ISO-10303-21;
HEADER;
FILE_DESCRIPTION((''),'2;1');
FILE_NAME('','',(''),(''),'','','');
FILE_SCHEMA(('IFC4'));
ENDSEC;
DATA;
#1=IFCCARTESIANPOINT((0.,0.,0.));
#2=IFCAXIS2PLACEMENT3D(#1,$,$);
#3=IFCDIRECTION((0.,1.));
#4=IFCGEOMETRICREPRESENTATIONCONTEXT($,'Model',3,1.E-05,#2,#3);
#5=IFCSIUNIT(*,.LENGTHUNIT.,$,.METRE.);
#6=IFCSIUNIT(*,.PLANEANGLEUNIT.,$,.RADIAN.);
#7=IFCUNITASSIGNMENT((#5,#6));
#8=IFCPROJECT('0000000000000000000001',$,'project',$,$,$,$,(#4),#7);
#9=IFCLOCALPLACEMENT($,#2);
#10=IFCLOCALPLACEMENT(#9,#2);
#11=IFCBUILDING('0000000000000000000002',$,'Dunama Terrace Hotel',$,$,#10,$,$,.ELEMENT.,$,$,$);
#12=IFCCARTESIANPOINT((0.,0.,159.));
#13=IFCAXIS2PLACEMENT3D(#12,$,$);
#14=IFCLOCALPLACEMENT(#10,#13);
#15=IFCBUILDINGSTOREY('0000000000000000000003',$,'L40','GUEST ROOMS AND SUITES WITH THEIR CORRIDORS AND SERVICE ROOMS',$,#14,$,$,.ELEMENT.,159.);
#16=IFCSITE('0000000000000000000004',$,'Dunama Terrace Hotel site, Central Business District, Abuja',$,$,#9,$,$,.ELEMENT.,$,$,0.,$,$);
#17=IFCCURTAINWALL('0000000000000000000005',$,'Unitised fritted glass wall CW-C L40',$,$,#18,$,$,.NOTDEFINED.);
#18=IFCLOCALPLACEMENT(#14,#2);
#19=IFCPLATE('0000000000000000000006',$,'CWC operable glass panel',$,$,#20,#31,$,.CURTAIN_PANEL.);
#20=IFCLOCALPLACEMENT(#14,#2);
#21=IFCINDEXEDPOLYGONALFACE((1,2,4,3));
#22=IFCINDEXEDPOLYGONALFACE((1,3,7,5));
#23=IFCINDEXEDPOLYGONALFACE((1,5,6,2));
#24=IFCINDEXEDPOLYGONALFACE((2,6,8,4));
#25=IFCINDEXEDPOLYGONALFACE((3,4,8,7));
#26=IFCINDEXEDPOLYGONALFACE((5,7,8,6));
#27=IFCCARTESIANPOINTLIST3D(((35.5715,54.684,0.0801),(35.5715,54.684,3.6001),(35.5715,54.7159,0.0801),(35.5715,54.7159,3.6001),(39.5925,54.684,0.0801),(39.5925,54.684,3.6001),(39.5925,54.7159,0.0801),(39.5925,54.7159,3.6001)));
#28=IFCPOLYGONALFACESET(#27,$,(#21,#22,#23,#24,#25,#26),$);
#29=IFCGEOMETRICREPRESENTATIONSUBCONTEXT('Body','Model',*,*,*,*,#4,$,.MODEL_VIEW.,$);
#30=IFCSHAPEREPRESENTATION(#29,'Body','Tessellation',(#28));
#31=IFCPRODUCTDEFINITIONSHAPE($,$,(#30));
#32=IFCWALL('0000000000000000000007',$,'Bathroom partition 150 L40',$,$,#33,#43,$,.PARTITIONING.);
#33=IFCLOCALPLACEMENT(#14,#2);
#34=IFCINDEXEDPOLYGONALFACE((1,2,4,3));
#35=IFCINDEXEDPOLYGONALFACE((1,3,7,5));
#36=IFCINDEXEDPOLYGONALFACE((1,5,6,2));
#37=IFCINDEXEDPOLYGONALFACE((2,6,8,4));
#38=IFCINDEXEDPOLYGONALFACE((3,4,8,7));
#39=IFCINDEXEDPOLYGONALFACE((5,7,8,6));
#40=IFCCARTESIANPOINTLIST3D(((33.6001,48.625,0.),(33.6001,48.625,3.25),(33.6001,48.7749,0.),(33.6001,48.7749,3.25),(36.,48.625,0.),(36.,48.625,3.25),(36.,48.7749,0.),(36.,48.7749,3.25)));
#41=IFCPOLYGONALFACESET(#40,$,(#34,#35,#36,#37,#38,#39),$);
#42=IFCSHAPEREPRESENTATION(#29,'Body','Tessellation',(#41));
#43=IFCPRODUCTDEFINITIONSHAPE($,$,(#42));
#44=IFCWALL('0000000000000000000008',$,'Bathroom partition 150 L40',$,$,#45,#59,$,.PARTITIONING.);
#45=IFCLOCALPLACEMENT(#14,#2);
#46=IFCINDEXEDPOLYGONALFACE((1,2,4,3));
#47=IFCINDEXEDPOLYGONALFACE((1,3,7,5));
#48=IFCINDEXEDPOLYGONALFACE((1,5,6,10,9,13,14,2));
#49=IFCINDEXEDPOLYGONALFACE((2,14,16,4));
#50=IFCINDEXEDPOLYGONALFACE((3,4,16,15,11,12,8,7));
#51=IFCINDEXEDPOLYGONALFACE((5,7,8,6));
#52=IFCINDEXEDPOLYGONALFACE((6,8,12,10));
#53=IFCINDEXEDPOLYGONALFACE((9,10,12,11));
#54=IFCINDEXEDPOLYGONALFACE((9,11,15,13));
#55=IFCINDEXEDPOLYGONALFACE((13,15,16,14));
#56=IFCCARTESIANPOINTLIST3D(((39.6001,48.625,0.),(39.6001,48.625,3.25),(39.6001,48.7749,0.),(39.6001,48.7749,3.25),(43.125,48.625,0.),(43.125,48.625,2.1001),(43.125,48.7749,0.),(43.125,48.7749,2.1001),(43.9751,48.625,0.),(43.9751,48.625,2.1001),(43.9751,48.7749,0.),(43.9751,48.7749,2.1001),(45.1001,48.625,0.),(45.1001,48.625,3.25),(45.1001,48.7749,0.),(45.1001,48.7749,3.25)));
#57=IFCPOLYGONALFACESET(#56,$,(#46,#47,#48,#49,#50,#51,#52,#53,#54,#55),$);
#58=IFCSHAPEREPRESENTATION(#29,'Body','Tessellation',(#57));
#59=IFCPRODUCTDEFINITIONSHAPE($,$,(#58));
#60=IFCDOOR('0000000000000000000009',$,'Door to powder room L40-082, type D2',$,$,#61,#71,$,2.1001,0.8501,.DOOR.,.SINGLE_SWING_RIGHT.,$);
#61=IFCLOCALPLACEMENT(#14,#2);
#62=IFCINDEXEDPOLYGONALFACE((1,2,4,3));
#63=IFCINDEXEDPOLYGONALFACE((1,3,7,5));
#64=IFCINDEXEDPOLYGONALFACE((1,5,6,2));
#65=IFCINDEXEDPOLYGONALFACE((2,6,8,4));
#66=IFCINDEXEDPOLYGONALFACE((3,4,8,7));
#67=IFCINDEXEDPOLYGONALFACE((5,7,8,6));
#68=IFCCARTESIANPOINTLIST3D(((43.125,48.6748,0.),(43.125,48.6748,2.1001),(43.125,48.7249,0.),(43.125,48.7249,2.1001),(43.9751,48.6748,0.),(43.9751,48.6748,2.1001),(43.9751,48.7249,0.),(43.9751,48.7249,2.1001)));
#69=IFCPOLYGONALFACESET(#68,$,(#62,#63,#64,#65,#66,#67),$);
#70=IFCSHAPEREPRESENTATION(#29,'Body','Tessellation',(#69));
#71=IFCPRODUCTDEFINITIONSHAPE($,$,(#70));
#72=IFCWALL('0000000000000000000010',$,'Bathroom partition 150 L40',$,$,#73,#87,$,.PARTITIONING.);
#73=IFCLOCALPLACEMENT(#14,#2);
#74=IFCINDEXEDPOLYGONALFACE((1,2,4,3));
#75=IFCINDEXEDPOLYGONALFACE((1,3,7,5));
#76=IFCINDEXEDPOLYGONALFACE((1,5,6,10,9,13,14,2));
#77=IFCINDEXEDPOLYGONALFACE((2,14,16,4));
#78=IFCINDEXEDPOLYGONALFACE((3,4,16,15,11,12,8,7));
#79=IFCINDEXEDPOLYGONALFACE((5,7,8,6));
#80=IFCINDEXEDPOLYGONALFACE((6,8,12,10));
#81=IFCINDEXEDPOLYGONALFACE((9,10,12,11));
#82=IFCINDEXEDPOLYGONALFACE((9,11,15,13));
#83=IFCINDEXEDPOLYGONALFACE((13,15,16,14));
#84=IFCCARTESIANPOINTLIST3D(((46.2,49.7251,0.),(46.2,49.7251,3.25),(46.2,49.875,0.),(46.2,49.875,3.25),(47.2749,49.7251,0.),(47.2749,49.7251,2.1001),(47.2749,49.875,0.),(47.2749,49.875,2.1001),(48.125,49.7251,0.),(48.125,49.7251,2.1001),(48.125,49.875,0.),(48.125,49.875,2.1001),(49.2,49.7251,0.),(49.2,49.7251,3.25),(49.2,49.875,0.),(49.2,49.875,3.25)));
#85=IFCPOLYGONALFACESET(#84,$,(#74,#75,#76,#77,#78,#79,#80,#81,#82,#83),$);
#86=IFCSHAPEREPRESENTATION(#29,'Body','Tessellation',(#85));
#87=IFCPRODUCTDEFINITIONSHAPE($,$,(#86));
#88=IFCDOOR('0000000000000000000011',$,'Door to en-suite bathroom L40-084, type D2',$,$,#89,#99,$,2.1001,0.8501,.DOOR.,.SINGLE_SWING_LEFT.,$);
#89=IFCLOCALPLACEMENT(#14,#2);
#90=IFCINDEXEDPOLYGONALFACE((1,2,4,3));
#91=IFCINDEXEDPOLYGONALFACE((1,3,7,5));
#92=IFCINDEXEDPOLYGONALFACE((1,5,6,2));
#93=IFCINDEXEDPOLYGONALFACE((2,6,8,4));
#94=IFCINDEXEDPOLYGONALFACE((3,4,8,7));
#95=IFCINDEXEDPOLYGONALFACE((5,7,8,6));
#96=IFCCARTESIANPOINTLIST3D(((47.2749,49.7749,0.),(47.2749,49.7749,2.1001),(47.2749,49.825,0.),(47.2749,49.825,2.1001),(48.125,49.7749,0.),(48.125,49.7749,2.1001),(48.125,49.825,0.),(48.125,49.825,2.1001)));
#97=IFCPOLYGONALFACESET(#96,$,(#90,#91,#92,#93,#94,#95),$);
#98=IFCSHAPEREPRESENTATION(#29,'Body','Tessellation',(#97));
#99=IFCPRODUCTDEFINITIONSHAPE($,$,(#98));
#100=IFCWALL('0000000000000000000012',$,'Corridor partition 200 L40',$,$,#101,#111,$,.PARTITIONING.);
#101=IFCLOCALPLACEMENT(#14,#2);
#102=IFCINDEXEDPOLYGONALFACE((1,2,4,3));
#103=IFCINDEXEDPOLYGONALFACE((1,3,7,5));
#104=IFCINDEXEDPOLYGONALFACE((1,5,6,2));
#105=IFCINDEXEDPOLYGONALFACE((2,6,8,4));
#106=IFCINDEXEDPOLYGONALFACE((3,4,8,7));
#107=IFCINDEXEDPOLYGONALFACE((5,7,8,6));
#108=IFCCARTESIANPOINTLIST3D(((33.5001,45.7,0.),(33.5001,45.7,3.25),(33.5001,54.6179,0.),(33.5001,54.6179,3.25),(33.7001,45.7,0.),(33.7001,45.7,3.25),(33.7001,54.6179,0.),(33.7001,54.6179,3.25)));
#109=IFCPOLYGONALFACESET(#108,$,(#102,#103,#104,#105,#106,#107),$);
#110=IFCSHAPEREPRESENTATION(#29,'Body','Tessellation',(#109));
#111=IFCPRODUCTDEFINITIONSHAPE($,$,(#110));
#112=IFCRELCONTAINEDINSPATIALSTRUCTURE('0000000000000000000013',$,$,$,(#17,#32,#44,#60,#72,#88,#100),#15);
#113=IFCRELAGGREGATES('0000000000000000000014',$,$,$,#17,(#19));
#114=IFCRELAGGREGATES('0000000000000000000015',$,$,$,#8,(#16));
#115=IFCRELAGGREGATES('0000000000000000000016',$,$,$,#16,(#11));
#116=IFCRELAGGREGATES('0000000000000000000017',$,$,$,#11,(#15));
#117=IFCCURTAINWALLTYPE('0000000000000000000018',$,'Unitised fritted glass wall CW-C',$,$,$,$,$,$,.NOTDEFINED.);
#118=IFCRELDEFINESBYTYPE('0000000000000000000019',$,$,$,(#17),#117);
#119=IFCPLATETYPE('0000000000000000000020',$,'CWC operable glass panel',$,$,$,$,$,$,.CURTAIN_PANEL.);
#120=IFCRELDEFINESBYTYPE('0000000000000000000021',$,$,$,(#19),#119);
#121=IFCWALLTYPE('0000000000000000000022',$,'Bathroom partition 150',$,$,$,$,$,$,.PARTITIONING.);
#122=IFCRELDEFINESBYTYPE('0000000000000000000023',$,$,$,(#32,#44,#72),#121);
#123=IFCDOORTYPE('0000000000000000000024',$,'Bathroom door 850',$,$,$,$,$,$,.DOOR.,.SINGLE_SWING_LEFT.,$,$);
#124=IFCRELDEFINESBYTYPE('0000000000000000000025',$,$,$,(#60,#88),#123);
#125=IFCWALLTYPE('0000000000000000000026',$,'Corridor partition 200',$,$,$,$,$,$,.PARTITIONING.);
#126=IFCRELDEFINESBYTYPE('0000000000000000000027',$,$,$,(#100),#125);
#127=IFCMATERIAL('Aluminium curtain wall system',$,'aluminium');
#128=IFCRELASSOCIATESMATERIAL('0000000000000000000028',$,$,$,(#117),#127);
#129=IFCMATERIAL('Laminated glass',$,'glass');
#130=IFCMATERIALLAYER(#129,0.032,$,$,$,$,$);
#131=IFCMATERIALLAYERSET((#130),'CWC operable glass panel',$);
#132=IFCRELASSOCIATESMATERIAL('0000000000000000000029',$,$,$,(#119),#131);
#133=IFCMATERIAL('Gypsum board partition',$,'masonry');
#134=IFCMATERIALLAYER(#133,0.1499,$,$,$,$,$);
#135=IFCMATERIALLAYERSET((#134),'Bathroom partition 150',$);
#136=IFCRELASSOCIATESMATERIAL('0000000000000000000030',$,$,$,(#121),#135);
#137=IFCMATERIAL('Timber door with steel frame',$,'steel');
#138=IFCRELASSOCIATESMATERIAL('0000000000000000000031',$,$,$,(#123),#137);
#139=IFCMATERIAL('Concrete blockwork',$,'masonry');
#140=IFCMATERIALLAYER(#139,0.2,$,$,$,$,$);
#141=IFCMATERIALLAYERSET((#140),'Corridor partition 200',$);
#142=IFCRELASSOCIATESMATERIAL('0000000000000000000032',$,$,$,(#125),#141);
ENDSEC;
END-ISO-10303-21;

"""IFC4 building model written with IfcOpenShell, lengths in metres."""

from ifc_helpers import new_model, si_unit, direction, frame, frame_2d, origin, origin_2d, place, context, subcontext, project, spatial, rectangle, extrude, material, layer, layer_set, type_object, element, fill, aggregate, save


model = new_model("IFC4")

# Units and contexts
model_context = context("Model", 3, precision=1e-05, world=origin(), true_north=direction((0.0, 1.0)))
body_context = subcontext(model_context, "Body", "Model", "MODEL_VIEW")
ifc_project = project(units=[si_unit("LENGTHUNIT", "METRE"), si_unit("PLANEANGLEUNIT", "RADIAN")], contexts=[model_context])

# Site, building, storey
site_placement = place(None, origin())
site = spatial("IfcSite", under=ifc_project, at=site_placement, Name="Dunama Terrace Hotel site, Central Business District, Abuja", CompositionType="ELEMENT", RefElevation=0.0)
building_placement = place(site_placement, origin())
building = spatial("IfcBuilding", under=site, at=building_placement, Name="Dunama Terrace Hotel", CompositionType="ELEMENT")
storey_placement = place(building_placement, frame((0.0, 0.0, 159.0)))
storey = spatial("IfcBuildingStorey", under=building, at=storey_placement, Name="L40", Description="GUEST ROOMS AND SUITES WITH THEIR CORRIDORS AND SERVICE ROOMS", CompositionType="ELEMENT", Elevation=159.0)

# Curtain wall
ifc_material_1 = material(Name="Aluminium curtain wall system", Category="aluminium")
curtain_wall_type = type_object("IfcCurtainWallType", Name="Unitised fritted glass wall CW-C", PredefinedType="NOTDEFINED", material=ifc_material_1)
curtain_wall_placement = place(storey_placement, origin())
curtain_wall = element("IfcCurtainWall", 1, at=curtain_wall_placement, inside=storey, type_object=curtain_wall_type, Name="Unitised fritted glass wall CW-C L40", PredefinedType="NOTDEFINED")

# Plate
ifc_material_2 = material(Name="Laminated glass", Category="glass")
ifc_layer_1 = layer(ifc_material_2, 0.032)
ifc_layer_set_1 = layer_set([ifc_layer_1], Name="CWC operable glass panel")
plate_type_1 = type_object("IfcPlateType", Name="CWC operable glass panel", PredefinedType="CURTAIN_PANEL", material=ifc_layer_set_1)
plate_1_placement = place(storey_placement, frame((37.582, 54.7, 0.0801), z_axis=(0.0, 0.0, 1.0), x_axis=(-1.0, 0.0, 0.0)))
plate_1 = element("IfcPlate", 2, at=plate_1_placement, type_object=plate_type_1, Name="CWC operable glass panel", PredefinedType="CURTAIN_PANEL", context=body_context, shape_type="SweptSolid", body=[
    extrude(rectangle(XDim=4.021, YDim=0.032, at=origin_2d()), origin(), (0.0, 0.0, 1.0), 3.52),
])
aggregate(curtain_wall, [plate_1])

# Wall
ifc_material_3 = material(Name="Gypsum board partition", Category="masonry")
ifc_layer_2 = layer(ifc_material_3, 0.1499)
ifc_layer_set_2 = layer_set([ifc_layer_2], Name="Bathroom partition 150")
wall_type_1 = type_object("IfcWallType", Name="Bathroom partition 150", PredefinedType="PARTITIONING", material=ifc_layer_set_2)
wall_1_placement = place(storey_placement, frame((33.6001, 48.7, 0.0), z_axis=(0.0, 0.0, 1.0), x_axis=(1.0, 0.0, 0.0)))
element("IfcWall", 3, at=wall_1_placement, inside=storey, type_object=wall_type_1, Name="Bathroom partition 150 L40", PredefinedType="PARTITIONING", context=body_context, shape_type="SweptSolid", body=[
    extrude(rectangle(XDim=2.3999, YDim=0.1499, at=frame_2d((1.2, 0.0))), origin(), (0.0, 0.0, 1.0), 3.25),
])

# Walls, openings, doors
wall_2_placement = place(storey_placement, frame((39.6001, 48.7, 0.0), z_axis=(0.0, 0.0, 1.0), x_axis=(1.0, 0.0, 0.0)))
wall_2 = element("IfcWall", 4, at=wall_2_placement, inside=storey, type_object=wall_type_1, Name="Bathroom partition 150 L40", PredefinedType="PARTITIONING", context=body_context, shape_type="SweptSolid", body=[
    extrude(rectangle(XDim=5.5, YDim=0.1499, at=frame_2d((2.75, 0.0))), origin(), (0.0, 0.0, 1.0), 3.25),
])
opening_1_placement = place(wall_2_placement, frame((3.5249, 0.0, 0.0)))
opening_1 = element("IfcOpeningElement", 5, at=opening_1_placement, cuts=wall_2, PredefinedType="OPENING", context=body_context, shape_type="SweptSolid", body=[
    extrude(rectangle(XDim=0.8501, YDim=2.1001, at=frame_2d((0.425, 1.05))), frame((0.0, 0.085, 0.0), z_axis=(0.0, -1.0, 0.0), x_axis=(1.0, 0.0, 0.0)), (0.0, 0.0, 1.0), 0.1699),
])
ifc_material_4 = material(Name="Timber door with steel frame", Category="steel")
door_type = type_object("IfcDoorType", Name="Bathroom door 850", OperationType="SINGLE_SWING_LEFT", PredefinedType="DOOR", material=ifc_material_4)
door_1_placement = place(opening_1_placement, frame((0.8501, 0.0, 0.0), z_axis=(0.0, 0.0, 1.0), x_axis=(-1.0, 0.0, 0.0)))
door_1 = element("IfcDoor", 6, at=door_1_placement, inside=storey, type_object=door_type, Name="Door to powder room L40-082, type D2", OperationType="SINGLE_SWING_RIGHT", OverallHeight=2.1001, OverallWidth=0.8501, PredefinedType="DOOR", context=body_context, shape_type="SweptSolid", body=[
    extrude(rectangle(XDim=0.8501, YDim=2.1001, at=frame_2d((0.425, 1.05))), frame((0.0, 0.0251, 0.0), z_axis=(0.0, -1.0, 0.0), x_axis=(1.0, 0.0, 0.0)), (0.0, 0.0, 1.0), 0.05),
])
fill(opening_1, door_1)
wall_3_placement = place(storey_placement, frame((46.2, 49.8, 0.0), z_axis=(0.0, 0.0, 1.0), x_axis=(1.0, 0.0, 0.0)))
wall_3 = element("IfcWall", 7, at=wall_3_placement, inside=storey, type_object=wall_type_1, Name="Bathroom partition 150 L40", PredefinedType="PARTITIONING", context=body_context, shape_type="SweptSolid", body=[
    extrude(rectangle(XDim=3.0, YDim=0.1499, at=frame_2d((1.5, 0.0))), origin(), (0.0, 0.0, 1.0), 3.25),
])
opening_2_placement = place(wall_3_placement, frame((1.075, 0.0, 0.0)))
opening_2 = element("IfcOpeningElement", 8, at=opening_2_placement, cuts=wall_3, PredefinedType="OPENING", context=body_context, shape_type="SweptSolid", body=[
    extrude(rectangle(XDim=0.8501, YDim=2.1001, at=frame_2d((0.425, 1.05))), frame((0.0, 0.085, 0.0), z_axis=(0.0, -1.0, 0.0), x_axis=(1.0, 0.0, 0.0)), (0.0, 0.0, 1.0), 0.1699),
])
door_2_placement = place(opening_2_placement, frame((0.8501, 0.0, 0.0), z_axis=(0.0, 0.0, 1.0), x_axis=(-1.0, 0.0, 0.0)))
door_2 = element("IfcDoor", 9, at=door_2_placement, inside=storey, type_object=door_type, Name="Door to en-suite bathroom L40-084, type D2", OperationType="SINGLE_SWING_LEFT", OverallHeight=2.1001, OverallWidth=0.8501, PredefinedType="DOOR", context=body_context, shape_type="SweptSolid", body=[
    extrude(rectangle(XDim=0.8501, YDim=2.1001, at=frame_2d((0.425, 1.05))), frame((0.0, 0.0251, 0.0), z_axis=(0.0, -1.0, 0.0), x_axis=(1.0, 0.0, 0.0)), (0.0, 0.0, 1.0), 0.05),
])
fill(opening_2, door_2)

# Wall
ifc_material_5 = material(Name="Concrete blockwork", Category="masonry")
ifc_layer_3 = layer(ifc_material_5, 0.2)
ifc_layer_set_3 = layer_set([ifc_layer_3], Name="Corridor partition 200")
wall_type_2 = type_object("IfcWallType", Name="Corridor partition 200", PredefinedType="PARTITIONING", material=ifc_layer_set_3)
wall_4_placement = place(storey_placement, frame((33.6001, 54.6179, 0.0), z_axis=(0.0, 0.0, 1.0), x_axis=(0.0, -1.0, 0.0)))
element("IfcWall", 10, at=wall_4_placement, inside=storey, type_object=wall_type_2, Name="Corridor partition 200 L40", PredefinedType="PARTITIONING", context=body_context, shape_type="SweptSolid", body=[
    extrude(rectangle(XDim=8.918, YDim=0.2, at=frame_2d((4.459, 0.0))), origin(), (0.0, 0.0, 1.0), 3.25),
])

save(model, "model.ifc")
